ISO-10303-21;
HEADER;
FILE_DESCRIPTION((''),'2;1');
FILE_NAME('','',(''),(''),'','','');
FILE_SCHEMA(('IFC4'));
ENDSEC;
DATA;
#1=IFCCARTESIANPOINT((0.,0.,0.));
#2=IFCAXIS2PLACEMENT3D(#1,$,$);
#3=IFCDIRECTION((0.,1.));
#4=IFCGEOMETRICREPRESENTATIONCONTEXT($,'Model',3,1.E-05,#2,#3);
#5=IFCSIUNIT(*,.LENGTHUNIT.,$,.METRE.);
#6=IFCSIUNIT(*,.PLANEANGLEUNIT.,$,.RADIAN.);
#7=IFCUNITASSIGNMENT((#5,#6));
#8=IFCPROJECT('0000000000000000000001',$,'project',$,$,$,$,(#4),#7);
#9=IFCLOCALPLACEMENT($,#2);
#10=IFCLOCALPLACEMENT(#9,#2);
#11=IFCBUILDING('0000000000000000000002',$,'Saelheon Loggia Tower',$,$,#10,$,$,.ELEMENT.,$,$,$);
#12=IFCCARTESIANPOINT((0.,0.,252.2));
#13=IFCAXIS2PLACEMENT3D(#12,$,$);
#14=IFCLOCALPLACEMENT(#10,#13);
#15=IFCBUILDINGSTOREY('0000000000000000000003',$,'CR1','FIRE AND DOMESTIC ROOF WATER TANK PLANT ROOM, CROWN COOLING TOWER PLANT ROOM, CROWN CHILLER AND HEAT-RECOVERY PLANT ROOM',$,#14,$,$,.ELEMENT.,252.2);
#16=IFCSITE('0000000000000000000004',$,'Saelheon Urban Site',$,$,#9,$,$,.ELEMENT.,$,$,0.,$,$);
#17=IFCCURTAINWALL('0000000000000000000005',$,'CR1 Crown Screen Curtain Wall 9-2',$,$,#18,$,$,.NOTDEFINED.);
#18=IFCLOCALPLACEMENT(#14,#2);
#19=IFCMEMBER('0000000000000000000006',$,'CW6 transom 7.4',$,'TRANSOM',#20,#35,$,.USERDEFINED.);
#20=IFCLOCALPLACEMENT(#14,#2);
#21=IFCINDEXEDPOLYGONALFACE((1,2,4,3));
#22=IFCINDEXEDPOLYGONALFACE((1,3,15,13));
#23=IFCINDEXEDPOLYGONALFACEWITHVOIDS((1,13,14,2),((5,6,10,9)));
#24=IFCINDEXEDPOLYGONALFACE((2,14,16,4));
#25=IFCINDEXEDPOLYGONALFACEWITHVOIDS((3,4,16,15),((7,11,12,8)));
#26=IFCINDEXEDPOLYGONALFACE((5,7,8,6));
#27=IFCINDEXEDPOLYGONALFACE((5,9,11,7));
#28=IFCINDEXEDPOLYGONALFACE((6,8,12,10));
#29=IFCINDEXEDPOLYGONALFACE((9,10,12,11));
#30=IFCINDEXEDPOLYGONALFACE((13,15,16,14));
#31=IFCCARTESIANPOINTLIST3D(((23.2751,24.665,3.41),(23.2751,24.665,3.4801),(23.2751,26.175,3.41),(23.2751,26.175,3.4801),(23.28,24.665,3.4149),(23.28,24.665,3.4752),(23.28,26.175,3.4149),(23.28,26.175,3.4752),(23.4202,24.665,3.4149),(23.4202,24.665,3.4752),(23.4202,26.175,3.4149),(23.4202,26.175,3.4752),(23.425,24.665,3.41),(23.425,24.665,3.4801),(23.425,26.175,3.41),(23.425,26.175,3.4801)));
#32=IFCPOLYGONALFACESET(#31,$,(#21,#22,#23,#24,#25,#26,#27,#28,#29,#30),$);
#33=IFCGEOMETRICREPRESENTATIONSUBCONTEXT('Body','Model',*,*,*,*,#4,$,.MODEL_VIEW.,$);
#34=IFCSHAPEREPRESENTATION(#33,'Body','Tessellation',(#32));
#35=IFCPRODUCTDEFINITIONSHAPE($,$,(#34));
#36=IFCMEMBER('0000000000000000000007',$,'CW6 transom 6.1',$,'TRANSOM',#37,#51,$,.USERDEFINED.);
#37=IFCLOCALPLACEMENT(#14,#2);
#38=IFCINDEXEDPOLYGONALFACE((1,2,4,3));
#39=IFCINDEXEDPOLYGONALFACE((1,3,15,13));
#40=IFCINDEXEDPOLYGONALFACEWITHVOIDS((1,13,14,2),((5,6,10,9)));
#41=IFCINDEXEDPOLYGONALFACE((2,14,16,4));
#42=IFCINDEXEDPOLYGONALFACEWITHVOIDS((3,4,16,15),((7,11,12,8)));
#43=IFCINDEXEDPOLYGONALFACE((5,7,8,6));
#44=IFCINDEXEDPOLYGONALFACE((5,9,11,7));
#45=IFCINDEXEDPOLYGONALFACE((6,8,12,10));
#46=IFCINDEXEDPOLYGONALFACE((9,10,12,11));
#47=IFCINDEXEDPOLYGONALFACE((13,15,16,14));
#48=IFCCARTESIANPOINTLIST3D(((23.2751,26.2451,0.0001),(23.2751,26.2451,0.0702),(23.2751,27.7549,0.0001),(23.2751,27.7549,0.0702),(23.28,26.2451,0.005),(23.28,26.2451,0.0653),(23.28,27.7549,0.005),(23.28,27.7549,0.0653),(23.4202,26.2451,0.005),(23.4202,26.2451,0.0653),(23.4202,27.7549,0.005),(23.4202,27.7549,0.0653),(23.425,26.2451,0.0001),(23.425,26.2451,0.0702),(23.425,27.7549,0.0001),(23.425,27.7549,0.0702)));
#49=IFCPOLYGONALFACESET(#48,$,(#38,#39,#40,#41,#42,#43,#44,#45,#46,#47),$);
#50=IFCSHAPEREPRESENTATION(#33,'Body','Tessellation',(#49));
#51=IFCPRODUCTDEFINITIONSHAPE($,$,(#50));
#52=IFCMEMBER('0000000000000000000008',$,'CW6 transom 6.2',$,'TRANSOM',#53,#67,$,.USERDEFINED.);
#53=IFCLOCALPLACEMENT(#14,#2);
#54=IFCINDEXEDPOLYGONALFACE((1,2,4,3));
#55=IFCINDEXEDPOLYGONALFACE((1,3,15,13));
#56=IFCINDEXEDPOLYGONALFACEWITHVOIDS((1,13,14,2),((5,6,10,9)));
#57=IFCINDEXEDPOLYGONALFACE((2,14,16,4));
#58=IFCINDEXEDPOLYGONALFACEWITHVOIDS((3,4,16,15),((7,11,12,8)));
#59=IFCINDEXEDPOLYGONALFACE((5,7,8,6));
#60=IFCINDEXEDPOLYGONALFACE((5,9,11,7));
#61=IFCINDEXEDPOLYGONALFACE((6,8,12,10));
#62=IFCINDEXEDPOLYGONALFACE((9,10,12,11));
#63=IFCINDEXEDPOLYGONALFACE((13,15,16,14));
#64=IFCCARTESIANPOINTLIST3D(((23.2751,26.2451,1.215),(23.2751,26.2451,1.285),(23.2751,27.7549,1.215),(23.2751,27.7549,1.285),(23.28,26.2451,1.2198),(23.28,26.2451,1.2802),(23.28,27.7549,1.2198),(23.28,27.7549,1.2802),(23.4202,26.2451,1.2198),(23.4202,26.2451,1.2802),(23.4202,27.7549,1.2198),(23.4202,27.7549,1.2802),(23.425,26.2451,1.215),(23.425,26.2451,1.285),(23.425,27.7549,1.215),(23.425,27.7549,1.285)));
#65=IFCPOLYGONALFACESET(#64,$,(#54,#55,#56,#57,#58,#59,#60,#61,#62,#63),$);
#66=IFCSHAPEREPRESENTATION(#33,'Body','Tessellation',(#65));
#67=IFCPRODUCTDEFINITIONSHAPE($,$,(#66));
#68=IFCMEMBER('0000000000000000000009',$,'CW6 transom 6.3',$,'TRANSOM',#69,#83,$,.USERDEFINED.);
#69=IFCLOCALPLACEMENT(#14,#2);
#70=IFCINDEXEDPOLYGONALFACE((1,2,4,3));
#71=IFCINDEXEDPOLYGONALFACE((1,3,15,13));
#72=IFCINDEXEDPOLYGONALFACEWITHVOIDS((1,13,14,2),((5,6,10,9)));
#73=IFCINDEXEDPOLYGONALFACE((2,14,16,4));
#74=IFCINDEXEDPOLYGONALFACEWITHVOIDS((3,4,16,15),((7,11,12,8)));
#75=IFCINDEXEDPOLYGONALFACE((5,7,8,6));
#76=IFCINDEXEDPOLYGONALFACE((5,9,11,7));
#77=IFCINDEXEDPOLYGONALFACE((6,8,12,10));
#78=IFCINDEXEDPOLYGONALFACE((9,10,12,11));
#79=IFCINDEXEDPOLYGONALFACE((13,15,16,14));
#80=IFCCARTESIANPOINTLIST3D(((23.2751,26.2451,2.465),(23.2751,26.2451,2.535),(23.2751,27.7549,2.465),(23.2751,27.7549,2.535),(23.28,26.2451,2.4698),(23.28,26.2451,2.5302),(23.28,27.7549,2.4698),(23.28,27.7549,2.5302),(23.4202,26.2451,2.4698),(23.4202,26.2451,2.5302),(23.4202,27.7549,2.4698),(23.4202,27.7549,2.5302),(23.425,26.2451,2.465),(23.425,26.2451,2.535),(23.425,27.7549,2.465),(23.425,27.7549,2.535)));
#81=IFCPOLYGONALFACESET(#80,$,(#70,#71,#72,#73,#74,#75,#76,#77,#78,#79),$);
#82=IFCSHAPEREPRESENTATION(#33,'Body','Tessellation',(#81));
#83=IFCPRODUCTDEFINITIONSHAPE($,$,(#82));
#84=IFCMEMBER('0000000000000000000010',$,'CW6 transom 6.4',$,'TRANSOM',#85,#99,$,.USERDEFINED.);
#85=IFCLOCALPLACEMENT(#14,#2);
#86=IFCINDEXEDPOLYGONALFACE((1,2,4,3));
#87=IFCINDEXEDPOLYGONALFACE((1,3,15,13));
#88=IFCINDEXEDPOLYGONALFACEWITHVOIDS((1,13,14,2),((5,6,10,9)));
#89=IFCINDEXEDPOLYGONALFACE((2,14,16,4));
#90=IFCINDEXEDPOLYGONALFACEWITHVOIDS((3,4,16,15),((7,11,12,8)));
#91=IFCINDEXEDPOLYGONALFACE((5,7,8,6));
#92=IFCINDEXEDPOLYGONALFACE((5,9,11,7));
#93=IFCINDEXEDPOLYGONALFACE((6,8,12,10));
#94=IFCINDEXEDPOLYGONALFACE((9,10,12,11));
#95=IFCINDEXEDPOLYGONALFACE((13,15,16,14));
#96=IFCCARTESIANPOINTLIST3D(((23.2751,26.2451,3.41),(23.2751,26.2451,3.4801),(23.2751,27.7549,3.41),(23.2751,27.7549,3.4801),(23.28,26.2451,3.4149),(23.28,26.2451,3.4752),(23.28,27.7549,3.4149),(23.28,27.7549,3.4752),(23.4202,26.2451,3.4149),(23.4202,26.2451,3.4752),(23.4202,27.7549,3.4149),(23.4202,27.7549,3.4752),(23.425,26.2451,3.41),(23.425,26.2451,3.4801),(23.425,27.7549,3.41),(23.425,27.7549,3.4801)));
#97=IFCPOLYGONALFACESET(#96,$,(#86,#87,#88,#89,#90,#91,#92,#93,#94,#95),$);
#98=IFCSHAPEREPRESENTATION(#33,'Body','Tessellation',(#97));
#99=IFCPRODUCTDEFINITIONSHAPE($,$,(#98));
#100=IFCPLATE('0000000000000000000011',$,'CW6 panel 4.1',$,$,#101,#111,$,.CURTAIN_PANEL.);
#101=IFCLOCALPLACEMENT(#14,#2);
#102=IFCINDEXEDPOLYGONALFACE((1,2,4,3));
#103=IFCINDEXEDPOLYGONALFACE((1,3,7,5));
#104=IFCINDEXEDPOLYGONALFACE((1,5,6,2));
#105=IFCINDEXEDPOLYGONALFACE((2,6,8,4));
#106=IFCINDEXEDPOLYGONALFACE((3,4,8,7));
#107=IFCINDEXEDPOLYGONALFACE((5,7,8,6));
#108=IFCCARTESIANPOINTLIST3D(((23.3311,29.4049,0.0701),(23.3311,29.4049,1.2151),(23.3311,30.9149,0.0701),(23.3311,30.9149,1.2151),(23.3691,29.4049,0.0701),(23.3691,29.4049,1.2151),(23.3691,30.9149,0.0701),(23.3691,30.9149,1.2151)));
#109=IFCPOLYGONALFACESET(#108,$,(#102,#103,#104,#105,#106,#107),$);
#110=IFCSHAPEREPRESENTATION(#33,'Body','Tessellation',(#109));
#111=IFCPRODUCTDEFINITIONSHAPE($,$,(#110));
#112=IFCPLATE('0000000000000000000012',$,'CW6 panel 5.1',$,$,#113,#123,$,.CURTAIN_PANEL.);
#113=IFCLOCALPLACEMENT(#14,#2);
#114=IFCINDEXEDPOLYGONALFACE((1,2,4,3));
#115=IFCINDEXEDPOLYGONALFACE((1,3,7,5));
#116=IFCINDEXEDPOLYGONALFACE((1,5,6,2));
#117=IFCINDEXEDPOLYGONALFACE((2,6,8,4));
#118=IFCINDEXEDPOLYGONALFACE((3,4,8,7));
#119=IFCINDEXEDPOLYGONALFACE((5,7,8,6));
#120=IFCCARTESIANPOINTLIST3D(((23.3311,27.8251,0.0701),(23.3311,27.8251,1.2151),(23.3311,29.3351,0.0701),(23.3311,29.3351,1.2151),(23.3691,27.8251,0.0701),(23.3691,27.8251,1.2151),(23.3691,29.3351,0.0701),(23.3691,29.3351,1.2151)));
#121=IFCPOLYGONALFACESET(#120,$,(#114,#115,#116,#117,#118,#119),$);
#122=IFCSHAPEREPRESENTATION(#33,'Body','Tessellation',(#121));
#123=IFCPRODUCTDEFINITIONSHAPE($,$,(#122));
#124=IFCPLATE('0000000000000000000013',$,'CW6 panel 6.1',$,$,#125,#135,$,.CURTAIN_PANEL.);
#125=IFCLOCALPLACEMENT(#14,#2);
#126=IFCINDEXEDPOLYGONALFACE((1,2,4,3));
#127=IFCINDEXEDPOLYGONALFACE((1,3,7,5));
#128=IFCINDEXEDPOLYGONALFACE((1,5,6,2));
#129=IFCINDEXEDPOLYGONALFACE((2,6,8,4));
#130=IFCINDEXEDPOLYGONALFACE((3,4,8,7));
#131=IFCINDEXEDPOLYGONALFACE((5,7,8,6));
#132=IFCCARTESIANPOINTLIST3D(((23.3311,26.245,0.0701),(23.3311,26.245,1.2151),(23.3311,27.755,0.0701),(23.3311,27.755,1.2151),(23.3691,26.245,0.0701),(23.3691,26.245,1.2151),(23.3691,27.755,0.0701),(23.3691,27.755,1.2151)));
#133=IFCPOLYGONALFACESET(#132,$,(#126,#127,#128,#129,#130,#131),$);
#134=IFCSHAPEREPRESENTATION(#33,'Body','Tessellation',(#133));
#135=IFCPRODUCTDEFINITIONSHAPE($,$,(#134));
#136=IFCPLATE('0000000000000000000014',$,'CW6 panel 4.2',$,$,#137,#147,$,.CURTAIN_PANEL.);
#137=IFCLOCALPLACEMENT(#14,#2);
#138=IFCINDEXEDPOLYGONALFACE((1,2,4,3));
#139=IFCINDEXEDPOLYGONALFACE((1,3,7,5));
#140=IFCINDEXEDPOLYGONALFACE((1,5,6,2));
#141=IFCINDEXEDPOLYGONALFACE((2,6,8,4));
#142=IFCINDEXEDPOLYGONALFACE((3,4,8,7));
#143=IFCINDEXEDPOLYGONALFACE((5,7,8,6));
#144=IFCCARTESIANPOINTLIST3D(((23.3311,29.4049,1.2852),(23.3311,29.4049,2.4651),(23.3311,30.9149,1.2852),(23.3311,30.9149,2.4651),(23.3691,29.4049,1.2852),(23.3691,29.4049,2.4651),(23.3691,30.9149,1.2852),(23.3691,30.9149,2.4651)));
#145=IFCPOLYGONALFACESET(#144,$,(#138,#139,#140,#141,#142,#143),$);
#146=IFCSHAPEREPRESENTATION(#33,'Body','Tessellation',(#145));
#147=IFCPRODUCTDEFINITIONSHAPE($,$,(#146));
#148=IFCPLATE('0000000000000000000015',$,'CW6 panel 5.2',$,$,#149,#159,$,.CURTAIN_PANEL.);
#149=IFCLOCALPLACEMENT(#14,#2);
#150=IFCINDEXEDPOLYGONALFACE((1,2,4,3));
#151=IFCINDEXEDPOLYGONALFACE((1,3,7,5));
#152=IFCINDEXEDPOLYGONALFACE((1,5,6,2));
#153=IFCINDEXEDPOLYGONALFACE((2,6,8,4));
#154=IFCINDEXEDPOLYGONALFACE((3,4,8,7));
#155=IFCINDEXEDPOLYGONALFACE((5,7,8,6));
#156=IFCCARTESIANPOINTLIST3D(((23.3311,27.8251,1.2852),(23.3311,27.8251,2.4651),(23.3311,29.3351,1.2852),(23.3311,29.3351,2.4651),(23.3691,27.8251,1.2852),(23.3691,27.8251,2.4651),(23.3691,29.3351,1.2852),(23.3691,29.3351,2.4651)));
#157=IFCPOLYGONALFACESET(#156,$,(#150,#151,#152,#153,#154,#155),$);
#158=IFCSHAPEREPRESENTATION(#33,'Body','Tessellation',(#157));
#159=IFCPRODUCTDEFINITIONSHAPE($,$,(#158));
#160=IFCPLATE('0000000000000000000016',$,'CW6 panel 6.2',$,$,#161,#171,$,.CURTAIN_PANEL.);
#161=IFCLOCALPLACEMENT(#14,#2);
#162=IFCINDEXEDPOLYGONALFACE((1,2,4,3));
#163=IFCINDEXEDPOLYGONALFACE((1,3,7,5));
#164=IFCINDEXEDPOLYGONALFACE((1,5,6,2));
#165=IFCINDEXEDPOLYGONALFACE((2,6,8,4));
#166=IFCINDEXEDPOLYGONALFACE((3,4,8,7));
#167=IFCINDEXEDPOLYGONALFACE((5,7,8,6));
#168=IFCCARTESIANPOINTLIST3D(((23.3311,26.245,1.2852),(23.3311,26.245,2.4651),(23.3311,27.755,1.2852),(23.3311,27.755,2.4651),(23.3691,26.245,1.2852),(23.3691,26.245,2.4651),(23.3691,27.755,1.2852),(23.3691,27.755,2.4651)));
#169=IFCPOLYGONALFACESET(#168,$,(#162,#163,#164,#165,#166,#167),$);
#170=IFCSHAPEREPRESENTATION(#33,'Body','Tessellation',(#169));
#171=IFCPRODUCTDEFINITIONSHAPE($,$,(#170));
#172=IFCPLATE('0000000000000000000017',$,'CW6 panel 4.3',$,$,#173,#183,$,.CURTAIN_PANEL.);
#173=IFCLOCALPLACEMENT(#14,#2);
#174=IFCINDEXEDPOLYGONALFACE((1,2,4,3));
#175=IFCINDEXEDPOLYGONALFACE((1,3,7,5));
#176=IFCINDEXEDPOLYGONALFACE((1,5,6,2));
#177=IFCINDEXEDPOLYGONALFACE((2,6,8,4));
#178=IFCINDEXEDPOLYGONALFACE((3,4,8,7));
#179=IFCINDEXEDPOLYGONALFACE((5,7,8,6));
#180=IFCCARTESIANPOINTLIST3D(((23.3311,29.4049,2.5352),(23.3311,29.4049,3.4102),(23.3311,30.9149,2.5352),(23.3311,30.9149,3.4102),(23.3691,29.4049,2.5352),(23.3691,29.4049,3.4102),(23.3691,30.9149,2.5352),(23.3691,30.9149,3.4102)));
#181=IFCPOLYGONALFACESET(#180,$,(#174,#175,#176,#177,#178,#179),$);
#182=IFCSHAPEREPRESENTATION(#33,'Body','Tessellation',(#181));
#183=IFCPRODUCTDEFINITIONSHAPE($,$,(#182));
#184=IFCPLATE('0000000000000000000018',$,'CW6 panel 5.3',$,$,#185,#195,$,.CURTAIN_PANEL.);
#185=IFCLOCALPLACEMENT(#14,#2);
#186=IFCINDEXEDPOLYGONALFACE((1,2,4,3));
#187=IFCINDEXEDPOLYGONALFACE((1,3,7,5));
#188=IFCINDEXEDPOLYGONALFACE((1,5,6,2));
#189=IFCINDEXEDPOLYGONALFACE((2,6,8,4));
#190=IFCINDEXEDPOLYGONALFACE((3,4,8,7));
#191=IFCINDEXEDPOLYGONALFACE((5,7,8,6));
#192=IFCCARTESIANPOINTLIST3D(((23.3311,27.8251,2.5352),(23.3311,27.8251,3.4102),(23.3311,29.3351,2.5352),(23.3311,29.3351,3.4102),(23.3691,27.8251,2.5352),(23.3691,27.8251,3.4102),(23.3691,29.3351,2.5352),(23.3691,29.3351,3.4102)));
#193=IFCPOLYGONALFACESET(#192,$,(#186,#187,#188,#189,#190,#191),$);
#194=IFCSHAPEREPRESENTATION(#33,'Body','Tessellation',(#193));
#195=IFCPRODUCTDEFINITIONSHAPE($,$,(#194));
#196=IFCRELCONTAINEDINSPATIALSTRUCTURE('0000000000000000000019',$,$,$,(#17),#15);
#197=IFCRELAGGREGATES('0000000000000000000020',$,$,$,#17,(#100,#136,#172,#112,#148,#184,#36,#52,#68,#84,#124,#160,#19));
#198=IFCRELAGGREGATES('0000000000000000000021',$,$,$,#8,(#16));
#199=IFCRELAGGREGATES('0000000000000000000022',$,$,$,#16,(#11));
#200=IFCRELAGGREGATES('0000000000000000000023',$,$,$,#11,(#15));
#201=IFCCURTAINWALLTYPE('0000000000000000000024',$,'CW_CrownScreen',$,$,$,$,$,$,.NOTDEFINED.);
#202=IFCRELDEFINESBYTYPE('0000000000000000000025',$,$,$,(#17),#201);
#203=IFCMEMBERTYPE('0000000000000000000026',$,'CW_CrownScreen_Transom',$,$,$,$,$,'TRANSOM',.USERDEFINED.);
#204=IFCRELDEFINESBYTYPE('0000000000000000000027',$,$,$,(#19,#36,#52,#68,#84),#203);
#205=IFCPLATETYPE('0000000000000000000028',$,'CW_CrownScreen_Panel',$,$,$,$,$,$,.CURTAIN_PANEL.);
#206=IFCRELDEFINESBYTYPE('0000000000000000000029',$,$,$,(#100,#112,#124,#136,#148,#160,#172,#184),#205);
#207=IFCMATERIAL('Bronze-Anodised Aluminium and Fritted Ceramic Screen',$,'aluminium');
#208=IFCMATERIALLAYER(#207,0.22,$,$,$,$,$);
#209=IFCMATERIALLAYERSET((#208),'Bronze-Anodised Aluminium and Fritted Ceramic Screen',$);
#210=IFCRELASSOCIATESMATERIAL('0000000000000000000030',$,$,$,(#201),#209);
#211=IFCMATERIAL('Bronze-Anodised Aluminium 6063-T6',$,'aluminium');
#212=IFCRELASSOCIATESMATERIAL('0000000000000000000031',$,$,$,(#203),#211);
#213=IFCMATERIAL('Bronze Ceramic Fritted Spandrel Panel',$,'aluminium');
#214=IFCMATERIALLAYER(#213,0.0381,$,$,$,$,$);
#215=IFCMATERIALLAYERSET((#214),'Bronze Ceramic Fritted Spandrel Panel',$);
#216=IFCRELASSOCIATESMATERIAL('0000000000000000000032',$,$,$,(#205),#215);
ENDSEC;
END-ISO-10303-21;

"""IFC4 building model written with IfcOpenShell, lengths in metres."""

from ifc_helpers import new_model, si_unit, direction, frame, origin, origin_2d, place, context, subcontext, project, spatial, rectangle, hollow_rectangle, extrude, source, transform, mapped, material, layer, layer_set, material_profile, profile_set, type_object, element, aggregate, save


model = new_model("IFC4")

# Units and contexts
model_context = context("Model", 3, precision=1e-05, world=origin(), true_north=direction((0.0, 1.0)))
body_context = subcontext(model_context, "Body", "Model", "MODEL_VIEW")
ifc_project = project(units=[si_unit("LENGTHUNIT", "METRE"), si_unit("PLANEANGLEUNIT", "RADIAN")], contexts=[model_context])

# Site, building, storey
site_placement = place(None, origin())
site = spatial("IfcSite", under=ifc_project, at=site_placement, Name="Saelheon Urban Site", CompositionType="ELEMENT", RefElevation=0.0)
building_placement = place(site_placement, origin())
building = spatial("IfcBuilding", under=site, at=building_placement, Name="Saelheon Loggia Tower", CompositionType="ELEMENT")
storey_placement = place(building_placement, frame((0.0, 0.0, 252.2)))
storey = spatial("IfcBuildingStorey", under=building, at=storey_placement, Name="CR1", Description="FIRE AND DOMESTIC ROOF WATER TANK PLANT ROOM, CROWN COOLING TOWER PLANT ROOM, CROWN CHILLER AND HEAT-RECOVERY PLANT ROOM", CompositionType="ELEMENT", Elevation=252.2)

# Curtain wall, members, plates
ifc_material_1 = material(Name="Bronze-Anodised Aluminium and Fritted Ceramic Screen", Category="aluminium")
ifc_layer_1 = layer(ifc_material_1, 0.22)
ifc_layer_set_1 = layer_set([ifc_layer_1], Name="Bronze-Anodised Aluminium and Fritted Ceramic Screen")
curtain_wall_type = type_object("IfcCurtainWallType", Name="CW_CrownScreen", PredefinedType="NOTDEFINED", material=ifc_layer_set_1)
curtain_wall_placement = place(storey_placement, origin())
curtain_wall = element("IfcCurtainWall", 1, at=curtain_wall_placement, inside=storey, type_object=curtain_wall_type, Name="CR1 Crown Screen Curtain Wall 9-2", PredefinedType="NOTDEFINED")
ifc_material_2 = material(Name="Bronze-Anodised Aluminium 6063-T6", Category="aluminium")
ifc_material_profile_1 = material_profile(ifc_material_2, hollow_rectangle(XDim=0.0701, YDim=0.1499, WallThickness=0.0049, at=origin_2d()), Name="RHS-150x70x5")
ifc_profile_set_1 = profile_set([ifc_material_profile_1], Name="Bronze-Anodised Aluminium 6063-T6")
member_type_1 = type_object("IfcMemberType", Name="CW_CrownScreen_Transom", ElementType="TRANSOM", PredefinedType="USERDEFINED", material=ifc_profile_set_1)
shared_shape_1 = source(origin(), body_context, "Body", "SweptSolid", [
    extrude(hollow_rectangle(XDim=0.0701, YDim=0.1499, WallThickness=0.0049, at=origin_2d()), origin(), (0.0, 0.0, 1.0), 1.51),
])
member_1_placement = place(storey_placement, frame((23.3501, 26.175, 3.4451), z_axis=(0.0, -1.0, 0.0), x_axis=(0.0, 0.0, 1.0)))
member_1 = element("IfcMember", 2, at=member_1_placement, type_object=member_type_1, Name="CW6 transom 7.4", ObjectType="TRANSOM", PredefinedType="USERDEFINED", context=body_context, shape_type="MappedRepresentation", body=[
    mapped(shared_shape_1, transform((0.0, 0.0, 0.0), scale=1.0)),
])
shared_shape_2 = source(origin(), body_context, "Body", "SweptSolid", [
    extrude(hollow_rectangle(XDim=0.0701, YDim=0.1499, WallThickness=0.0049, at=origin_2d()), origin(), (0.0, 0.0, 1.0), 1.5098),
])
member_2_placement = place(storey_placement, frame((23.3501, 27.7549, 0.0352), z_axis=(0.0, -1.0, 0.0), x_axis=(0.0, 0.0, 1.0)))
member_2 = element("IfcMember", 3, at=member_2_placement, type_object=member_type_1, Name="CW6 transom 6.1", ObjectType="TRANSOM", PredefinedType="USERDEFINED", context=body_context, shape_type="MappedRepresentation", body=[
    mapped(shared_shape_2, transform((0.0, 0.0, 0.0), scale=1.0)),
])
member_3_placement = place(storey_placement, frame((23.3501, 27.7549, 1.25), z_axis=(0.0, -1.0, 0.0), x_axis=(0.0, 0.0, 1.0)))
member_3 = element("IfcMember", 4, at=member_3_placement, type_object=member_type_1, Name="CW6 transom 6.2", ObjectType="TRANSOM", PredefinedType="USERDEFINED", context=body_context, shape_type="MappedRepresentation", body=[
    mapped(shared_shape_2, transform((0.0, 0.0, 0.0), scale=1.0)),
])
member_4_placement = place(storey_placement, frame((23.3501, 27.7549, 2.5), z_axis=(0.0, -1.0, 0.0), x_axis=(0.0, 0.0, 1.0)))
member_4 = element("IfcMember", 5, at=member_4_placement, type_object=member_type_1, Name="CW6 transom 6.3", ObjectType="TRANSOM", PredefinedType="USERDEFINED", context=body_context, shape_type="MappedRepresentation", body=[
    mapped(shared_shape_2, transform((0.0, 0.0, 0.0), scale=1.0)),
])
member_5_placement = place(storey_placement, frame((23.3501, 27.7549, 3.4451), z_axis=(0.0, -1.0, 0.0), x_axis=(0.0, 0.0, 1.0)))
member_5 = element("IfcMember", 6, at=member_5_placement, type_object=member_type_1, Name="CW6 transom 6.4", ObjectType="TRANSOM", PredefinedType="USERDEFINED", context=body_context, shape_type="MappedRepresentation", body=[
    mapped(shared_shape_2, transform((0.0, 0.0, 0.0), scale=1.0)),
])
ifc_material_3 = material(Name="Bronze Ceramic Fritted Spandrel Panel", Category="aluminium")
ifc_layer_2 = layer(ifc_material_3, 0.0381)
ifc_layer_set_2 = layer_set([ifc_layer_2], Name="Bronze Ceramic Fritted Spandrel Panel")
plate_type = type_object("IfcPlateType", Name="CW_CrownScreen_Panel", PredefinedType="CURTAIN_PANEL", material=ifc_layer_set_2)
shared_shape_3 = source(origin(), body_context, "Body", "SweptSolid", [
    extrude(rectangle(XDim=1.51, YDim=0.0381, at=origin_2d()), origin(), (0.0, 0.0, 1.0), 1.145),
])
plate_1_placement = place(storey_placement, frame((23.3501, 30.1599, 0.0701), z_axis=(0.0, 0.0, 1.0), x_axis=(0.0, -1.0, 0.0)))
plate_1 = element("IfcPlate", 7, at=plate_1_placement, type_object=plate_type, Name="CW6 panel 4.1", PredefinedType="CURTAIN_PANEL", context=body_context, shape_type="MappedRepresentation", body=[
    mapped(shared_shape_3, transform((0.0, 0.0, 0.0), scale=1.0)),
])
plate_2_placement = place(storey_placement, frame((23.3501, 28.5801, 0.0701), z_axis=(0.0, 0.0, 1.0), x_axis=(0.0, -1.0, 0.0)))
plate_2 = element("IfcPlate", 8, at=plate_2_placement, type_object=plate_type, Name="CW6 panel 5.1", PredefinedType="CURTAIN_PANEL", context=body_context, shape_type="MappedRepresentation", body=[
    mapped(shared_shape_3, transform((0.0, 0.0, 0.0), scale=1.0)),
])
plate_3_placement = place(storey_placement, frame((23.3501, 27.0, 0.0701), z_axis=(0.0, 0.0, 1.0), x_axis=(0.0, -1.0, 0.0)))
plate_3 = element("IfcPlate", 9, at=plate_3_placement, type_object=plate_type, Name="CW6 panel 6.1", PredefinedType="CURTAIN_PANEL", context=body_context, shape_type="MappedRepresentation", body=[
    mapped(shared_shape_3, transform((0.0, 0.0, 0.0), scale=1.0)),
])
shared_shape_4 = source(origin(), body_context, "Body", "SweptSolid", [
    extrude(rectangle(XDim=1.51, YDim=0.0381, at=origin_2d()), origin(), (0.0, 0.0, 1.0), 1.1799),
])
plate_4_placement = place(storey_placement, frame((23.3501, 30.1599, 1.2852), z_axis=(0.0, 0.0, 1.0), x_axis=(0.0, -1.0, 0.0)))
plate_4 = element("IfcPlate", 10, at=plate_4_placement, type_object=plate_type, Name="CW6 panel 4.2", PredefinedType="CURTAIN_PANEL", context=body_context, shape_type="MappedRepresentation", body=[
    mapped(shared_shape_4, transform((0.0, 0.0, 0.0), scale=1.0)),
])
plate_5_placement = place(storey_placement, frame((23.3501, 28.5801, 1.2852), z_axis=(0.0, 0.0, 1.0), x_axis=(0.0, -1.0, 0.0)))
plate_5 = element("IfcPlate", 11, at=plate_5_placement, type_object=plate_type, Name="CW6 panel 5.2", PredefinedType="CURTAIN_PANEL", context=body_context, shape_type="MappedRepresentation", body=[
    mapped(shared_shape_4, transform((0.0, 0.0, 0.0), scale=1.0)),
])
plate_6_placement = place(storey_placement, frame((23.3501, 27.0, 1.2852), z_axis=(0.0, 0.0, 1.0), x_axis=(0.0, -1.0, 0.0)))
plate_6 = element("IfcPlate", 12, at=plate_6_placement, type_object=plate_type, Name="CW6 panel 6.2", PredefinedType="CURTAIN_PANEL", context=body_context, shape_type="MappedRepresentation", body=[
    mapped(shared_shape_4, transform((0.0, 0.0, 0.0), scale=1.0)),
])
shared_shape_5 = source(origin(), body_context, "Body", "SweptSolid", [
    extrude(rectangle(XDim=1.51, YDim=0.0381, at=origin_2d()), origin(), (0.0, 0.0, 1.0), 0.875),
])
plate_7_placement = place(storey_placement, frame((23.3501, 30.1599, 2.5352), z_axis=(0.0, 0.0, 1.0), x_axis=(0.0, -1.0, 0.0)))
plate_7 = element("IfcPlate", 13, at=plate_7_placement, type_object=plate_type, Name="CW6 panel 4.3", PredefinedType="CURTAIN_PANEL", context=body_context, shape_type="MappedRepresentation", body=[
    mapped(shared_shape_5, transform((0.0, 0.0, 0.0), scale=1.0)),
])
plate_8_placement = place(storey_placement, frame((23.3501, 28.5801, 2.5352), z_axis=(0.0, 0.0, 1.0), x_axis=(0.0, -1.0, 0.0)))
plate_8 = element("IfcPlate", 14, at=plate_8_placement, type_object=plate_type, Name="CW6 panel 5.3", PredefinedType="CURTAIN_PANEL", context=body_context, shape_type="MappedRepresentation", body=[
    mapped(shared_shape_5, transform((0.0, 0.0, 0.0), scale=1.0)),
])
aggregate(curtain_wall, [plate_1, plate_4, plate_7, plate_2, plate_5, plate_8, member_2, member_3, member_4, member_5, plate_3, plate_6, member_1])

save(model, "model.ifc")
